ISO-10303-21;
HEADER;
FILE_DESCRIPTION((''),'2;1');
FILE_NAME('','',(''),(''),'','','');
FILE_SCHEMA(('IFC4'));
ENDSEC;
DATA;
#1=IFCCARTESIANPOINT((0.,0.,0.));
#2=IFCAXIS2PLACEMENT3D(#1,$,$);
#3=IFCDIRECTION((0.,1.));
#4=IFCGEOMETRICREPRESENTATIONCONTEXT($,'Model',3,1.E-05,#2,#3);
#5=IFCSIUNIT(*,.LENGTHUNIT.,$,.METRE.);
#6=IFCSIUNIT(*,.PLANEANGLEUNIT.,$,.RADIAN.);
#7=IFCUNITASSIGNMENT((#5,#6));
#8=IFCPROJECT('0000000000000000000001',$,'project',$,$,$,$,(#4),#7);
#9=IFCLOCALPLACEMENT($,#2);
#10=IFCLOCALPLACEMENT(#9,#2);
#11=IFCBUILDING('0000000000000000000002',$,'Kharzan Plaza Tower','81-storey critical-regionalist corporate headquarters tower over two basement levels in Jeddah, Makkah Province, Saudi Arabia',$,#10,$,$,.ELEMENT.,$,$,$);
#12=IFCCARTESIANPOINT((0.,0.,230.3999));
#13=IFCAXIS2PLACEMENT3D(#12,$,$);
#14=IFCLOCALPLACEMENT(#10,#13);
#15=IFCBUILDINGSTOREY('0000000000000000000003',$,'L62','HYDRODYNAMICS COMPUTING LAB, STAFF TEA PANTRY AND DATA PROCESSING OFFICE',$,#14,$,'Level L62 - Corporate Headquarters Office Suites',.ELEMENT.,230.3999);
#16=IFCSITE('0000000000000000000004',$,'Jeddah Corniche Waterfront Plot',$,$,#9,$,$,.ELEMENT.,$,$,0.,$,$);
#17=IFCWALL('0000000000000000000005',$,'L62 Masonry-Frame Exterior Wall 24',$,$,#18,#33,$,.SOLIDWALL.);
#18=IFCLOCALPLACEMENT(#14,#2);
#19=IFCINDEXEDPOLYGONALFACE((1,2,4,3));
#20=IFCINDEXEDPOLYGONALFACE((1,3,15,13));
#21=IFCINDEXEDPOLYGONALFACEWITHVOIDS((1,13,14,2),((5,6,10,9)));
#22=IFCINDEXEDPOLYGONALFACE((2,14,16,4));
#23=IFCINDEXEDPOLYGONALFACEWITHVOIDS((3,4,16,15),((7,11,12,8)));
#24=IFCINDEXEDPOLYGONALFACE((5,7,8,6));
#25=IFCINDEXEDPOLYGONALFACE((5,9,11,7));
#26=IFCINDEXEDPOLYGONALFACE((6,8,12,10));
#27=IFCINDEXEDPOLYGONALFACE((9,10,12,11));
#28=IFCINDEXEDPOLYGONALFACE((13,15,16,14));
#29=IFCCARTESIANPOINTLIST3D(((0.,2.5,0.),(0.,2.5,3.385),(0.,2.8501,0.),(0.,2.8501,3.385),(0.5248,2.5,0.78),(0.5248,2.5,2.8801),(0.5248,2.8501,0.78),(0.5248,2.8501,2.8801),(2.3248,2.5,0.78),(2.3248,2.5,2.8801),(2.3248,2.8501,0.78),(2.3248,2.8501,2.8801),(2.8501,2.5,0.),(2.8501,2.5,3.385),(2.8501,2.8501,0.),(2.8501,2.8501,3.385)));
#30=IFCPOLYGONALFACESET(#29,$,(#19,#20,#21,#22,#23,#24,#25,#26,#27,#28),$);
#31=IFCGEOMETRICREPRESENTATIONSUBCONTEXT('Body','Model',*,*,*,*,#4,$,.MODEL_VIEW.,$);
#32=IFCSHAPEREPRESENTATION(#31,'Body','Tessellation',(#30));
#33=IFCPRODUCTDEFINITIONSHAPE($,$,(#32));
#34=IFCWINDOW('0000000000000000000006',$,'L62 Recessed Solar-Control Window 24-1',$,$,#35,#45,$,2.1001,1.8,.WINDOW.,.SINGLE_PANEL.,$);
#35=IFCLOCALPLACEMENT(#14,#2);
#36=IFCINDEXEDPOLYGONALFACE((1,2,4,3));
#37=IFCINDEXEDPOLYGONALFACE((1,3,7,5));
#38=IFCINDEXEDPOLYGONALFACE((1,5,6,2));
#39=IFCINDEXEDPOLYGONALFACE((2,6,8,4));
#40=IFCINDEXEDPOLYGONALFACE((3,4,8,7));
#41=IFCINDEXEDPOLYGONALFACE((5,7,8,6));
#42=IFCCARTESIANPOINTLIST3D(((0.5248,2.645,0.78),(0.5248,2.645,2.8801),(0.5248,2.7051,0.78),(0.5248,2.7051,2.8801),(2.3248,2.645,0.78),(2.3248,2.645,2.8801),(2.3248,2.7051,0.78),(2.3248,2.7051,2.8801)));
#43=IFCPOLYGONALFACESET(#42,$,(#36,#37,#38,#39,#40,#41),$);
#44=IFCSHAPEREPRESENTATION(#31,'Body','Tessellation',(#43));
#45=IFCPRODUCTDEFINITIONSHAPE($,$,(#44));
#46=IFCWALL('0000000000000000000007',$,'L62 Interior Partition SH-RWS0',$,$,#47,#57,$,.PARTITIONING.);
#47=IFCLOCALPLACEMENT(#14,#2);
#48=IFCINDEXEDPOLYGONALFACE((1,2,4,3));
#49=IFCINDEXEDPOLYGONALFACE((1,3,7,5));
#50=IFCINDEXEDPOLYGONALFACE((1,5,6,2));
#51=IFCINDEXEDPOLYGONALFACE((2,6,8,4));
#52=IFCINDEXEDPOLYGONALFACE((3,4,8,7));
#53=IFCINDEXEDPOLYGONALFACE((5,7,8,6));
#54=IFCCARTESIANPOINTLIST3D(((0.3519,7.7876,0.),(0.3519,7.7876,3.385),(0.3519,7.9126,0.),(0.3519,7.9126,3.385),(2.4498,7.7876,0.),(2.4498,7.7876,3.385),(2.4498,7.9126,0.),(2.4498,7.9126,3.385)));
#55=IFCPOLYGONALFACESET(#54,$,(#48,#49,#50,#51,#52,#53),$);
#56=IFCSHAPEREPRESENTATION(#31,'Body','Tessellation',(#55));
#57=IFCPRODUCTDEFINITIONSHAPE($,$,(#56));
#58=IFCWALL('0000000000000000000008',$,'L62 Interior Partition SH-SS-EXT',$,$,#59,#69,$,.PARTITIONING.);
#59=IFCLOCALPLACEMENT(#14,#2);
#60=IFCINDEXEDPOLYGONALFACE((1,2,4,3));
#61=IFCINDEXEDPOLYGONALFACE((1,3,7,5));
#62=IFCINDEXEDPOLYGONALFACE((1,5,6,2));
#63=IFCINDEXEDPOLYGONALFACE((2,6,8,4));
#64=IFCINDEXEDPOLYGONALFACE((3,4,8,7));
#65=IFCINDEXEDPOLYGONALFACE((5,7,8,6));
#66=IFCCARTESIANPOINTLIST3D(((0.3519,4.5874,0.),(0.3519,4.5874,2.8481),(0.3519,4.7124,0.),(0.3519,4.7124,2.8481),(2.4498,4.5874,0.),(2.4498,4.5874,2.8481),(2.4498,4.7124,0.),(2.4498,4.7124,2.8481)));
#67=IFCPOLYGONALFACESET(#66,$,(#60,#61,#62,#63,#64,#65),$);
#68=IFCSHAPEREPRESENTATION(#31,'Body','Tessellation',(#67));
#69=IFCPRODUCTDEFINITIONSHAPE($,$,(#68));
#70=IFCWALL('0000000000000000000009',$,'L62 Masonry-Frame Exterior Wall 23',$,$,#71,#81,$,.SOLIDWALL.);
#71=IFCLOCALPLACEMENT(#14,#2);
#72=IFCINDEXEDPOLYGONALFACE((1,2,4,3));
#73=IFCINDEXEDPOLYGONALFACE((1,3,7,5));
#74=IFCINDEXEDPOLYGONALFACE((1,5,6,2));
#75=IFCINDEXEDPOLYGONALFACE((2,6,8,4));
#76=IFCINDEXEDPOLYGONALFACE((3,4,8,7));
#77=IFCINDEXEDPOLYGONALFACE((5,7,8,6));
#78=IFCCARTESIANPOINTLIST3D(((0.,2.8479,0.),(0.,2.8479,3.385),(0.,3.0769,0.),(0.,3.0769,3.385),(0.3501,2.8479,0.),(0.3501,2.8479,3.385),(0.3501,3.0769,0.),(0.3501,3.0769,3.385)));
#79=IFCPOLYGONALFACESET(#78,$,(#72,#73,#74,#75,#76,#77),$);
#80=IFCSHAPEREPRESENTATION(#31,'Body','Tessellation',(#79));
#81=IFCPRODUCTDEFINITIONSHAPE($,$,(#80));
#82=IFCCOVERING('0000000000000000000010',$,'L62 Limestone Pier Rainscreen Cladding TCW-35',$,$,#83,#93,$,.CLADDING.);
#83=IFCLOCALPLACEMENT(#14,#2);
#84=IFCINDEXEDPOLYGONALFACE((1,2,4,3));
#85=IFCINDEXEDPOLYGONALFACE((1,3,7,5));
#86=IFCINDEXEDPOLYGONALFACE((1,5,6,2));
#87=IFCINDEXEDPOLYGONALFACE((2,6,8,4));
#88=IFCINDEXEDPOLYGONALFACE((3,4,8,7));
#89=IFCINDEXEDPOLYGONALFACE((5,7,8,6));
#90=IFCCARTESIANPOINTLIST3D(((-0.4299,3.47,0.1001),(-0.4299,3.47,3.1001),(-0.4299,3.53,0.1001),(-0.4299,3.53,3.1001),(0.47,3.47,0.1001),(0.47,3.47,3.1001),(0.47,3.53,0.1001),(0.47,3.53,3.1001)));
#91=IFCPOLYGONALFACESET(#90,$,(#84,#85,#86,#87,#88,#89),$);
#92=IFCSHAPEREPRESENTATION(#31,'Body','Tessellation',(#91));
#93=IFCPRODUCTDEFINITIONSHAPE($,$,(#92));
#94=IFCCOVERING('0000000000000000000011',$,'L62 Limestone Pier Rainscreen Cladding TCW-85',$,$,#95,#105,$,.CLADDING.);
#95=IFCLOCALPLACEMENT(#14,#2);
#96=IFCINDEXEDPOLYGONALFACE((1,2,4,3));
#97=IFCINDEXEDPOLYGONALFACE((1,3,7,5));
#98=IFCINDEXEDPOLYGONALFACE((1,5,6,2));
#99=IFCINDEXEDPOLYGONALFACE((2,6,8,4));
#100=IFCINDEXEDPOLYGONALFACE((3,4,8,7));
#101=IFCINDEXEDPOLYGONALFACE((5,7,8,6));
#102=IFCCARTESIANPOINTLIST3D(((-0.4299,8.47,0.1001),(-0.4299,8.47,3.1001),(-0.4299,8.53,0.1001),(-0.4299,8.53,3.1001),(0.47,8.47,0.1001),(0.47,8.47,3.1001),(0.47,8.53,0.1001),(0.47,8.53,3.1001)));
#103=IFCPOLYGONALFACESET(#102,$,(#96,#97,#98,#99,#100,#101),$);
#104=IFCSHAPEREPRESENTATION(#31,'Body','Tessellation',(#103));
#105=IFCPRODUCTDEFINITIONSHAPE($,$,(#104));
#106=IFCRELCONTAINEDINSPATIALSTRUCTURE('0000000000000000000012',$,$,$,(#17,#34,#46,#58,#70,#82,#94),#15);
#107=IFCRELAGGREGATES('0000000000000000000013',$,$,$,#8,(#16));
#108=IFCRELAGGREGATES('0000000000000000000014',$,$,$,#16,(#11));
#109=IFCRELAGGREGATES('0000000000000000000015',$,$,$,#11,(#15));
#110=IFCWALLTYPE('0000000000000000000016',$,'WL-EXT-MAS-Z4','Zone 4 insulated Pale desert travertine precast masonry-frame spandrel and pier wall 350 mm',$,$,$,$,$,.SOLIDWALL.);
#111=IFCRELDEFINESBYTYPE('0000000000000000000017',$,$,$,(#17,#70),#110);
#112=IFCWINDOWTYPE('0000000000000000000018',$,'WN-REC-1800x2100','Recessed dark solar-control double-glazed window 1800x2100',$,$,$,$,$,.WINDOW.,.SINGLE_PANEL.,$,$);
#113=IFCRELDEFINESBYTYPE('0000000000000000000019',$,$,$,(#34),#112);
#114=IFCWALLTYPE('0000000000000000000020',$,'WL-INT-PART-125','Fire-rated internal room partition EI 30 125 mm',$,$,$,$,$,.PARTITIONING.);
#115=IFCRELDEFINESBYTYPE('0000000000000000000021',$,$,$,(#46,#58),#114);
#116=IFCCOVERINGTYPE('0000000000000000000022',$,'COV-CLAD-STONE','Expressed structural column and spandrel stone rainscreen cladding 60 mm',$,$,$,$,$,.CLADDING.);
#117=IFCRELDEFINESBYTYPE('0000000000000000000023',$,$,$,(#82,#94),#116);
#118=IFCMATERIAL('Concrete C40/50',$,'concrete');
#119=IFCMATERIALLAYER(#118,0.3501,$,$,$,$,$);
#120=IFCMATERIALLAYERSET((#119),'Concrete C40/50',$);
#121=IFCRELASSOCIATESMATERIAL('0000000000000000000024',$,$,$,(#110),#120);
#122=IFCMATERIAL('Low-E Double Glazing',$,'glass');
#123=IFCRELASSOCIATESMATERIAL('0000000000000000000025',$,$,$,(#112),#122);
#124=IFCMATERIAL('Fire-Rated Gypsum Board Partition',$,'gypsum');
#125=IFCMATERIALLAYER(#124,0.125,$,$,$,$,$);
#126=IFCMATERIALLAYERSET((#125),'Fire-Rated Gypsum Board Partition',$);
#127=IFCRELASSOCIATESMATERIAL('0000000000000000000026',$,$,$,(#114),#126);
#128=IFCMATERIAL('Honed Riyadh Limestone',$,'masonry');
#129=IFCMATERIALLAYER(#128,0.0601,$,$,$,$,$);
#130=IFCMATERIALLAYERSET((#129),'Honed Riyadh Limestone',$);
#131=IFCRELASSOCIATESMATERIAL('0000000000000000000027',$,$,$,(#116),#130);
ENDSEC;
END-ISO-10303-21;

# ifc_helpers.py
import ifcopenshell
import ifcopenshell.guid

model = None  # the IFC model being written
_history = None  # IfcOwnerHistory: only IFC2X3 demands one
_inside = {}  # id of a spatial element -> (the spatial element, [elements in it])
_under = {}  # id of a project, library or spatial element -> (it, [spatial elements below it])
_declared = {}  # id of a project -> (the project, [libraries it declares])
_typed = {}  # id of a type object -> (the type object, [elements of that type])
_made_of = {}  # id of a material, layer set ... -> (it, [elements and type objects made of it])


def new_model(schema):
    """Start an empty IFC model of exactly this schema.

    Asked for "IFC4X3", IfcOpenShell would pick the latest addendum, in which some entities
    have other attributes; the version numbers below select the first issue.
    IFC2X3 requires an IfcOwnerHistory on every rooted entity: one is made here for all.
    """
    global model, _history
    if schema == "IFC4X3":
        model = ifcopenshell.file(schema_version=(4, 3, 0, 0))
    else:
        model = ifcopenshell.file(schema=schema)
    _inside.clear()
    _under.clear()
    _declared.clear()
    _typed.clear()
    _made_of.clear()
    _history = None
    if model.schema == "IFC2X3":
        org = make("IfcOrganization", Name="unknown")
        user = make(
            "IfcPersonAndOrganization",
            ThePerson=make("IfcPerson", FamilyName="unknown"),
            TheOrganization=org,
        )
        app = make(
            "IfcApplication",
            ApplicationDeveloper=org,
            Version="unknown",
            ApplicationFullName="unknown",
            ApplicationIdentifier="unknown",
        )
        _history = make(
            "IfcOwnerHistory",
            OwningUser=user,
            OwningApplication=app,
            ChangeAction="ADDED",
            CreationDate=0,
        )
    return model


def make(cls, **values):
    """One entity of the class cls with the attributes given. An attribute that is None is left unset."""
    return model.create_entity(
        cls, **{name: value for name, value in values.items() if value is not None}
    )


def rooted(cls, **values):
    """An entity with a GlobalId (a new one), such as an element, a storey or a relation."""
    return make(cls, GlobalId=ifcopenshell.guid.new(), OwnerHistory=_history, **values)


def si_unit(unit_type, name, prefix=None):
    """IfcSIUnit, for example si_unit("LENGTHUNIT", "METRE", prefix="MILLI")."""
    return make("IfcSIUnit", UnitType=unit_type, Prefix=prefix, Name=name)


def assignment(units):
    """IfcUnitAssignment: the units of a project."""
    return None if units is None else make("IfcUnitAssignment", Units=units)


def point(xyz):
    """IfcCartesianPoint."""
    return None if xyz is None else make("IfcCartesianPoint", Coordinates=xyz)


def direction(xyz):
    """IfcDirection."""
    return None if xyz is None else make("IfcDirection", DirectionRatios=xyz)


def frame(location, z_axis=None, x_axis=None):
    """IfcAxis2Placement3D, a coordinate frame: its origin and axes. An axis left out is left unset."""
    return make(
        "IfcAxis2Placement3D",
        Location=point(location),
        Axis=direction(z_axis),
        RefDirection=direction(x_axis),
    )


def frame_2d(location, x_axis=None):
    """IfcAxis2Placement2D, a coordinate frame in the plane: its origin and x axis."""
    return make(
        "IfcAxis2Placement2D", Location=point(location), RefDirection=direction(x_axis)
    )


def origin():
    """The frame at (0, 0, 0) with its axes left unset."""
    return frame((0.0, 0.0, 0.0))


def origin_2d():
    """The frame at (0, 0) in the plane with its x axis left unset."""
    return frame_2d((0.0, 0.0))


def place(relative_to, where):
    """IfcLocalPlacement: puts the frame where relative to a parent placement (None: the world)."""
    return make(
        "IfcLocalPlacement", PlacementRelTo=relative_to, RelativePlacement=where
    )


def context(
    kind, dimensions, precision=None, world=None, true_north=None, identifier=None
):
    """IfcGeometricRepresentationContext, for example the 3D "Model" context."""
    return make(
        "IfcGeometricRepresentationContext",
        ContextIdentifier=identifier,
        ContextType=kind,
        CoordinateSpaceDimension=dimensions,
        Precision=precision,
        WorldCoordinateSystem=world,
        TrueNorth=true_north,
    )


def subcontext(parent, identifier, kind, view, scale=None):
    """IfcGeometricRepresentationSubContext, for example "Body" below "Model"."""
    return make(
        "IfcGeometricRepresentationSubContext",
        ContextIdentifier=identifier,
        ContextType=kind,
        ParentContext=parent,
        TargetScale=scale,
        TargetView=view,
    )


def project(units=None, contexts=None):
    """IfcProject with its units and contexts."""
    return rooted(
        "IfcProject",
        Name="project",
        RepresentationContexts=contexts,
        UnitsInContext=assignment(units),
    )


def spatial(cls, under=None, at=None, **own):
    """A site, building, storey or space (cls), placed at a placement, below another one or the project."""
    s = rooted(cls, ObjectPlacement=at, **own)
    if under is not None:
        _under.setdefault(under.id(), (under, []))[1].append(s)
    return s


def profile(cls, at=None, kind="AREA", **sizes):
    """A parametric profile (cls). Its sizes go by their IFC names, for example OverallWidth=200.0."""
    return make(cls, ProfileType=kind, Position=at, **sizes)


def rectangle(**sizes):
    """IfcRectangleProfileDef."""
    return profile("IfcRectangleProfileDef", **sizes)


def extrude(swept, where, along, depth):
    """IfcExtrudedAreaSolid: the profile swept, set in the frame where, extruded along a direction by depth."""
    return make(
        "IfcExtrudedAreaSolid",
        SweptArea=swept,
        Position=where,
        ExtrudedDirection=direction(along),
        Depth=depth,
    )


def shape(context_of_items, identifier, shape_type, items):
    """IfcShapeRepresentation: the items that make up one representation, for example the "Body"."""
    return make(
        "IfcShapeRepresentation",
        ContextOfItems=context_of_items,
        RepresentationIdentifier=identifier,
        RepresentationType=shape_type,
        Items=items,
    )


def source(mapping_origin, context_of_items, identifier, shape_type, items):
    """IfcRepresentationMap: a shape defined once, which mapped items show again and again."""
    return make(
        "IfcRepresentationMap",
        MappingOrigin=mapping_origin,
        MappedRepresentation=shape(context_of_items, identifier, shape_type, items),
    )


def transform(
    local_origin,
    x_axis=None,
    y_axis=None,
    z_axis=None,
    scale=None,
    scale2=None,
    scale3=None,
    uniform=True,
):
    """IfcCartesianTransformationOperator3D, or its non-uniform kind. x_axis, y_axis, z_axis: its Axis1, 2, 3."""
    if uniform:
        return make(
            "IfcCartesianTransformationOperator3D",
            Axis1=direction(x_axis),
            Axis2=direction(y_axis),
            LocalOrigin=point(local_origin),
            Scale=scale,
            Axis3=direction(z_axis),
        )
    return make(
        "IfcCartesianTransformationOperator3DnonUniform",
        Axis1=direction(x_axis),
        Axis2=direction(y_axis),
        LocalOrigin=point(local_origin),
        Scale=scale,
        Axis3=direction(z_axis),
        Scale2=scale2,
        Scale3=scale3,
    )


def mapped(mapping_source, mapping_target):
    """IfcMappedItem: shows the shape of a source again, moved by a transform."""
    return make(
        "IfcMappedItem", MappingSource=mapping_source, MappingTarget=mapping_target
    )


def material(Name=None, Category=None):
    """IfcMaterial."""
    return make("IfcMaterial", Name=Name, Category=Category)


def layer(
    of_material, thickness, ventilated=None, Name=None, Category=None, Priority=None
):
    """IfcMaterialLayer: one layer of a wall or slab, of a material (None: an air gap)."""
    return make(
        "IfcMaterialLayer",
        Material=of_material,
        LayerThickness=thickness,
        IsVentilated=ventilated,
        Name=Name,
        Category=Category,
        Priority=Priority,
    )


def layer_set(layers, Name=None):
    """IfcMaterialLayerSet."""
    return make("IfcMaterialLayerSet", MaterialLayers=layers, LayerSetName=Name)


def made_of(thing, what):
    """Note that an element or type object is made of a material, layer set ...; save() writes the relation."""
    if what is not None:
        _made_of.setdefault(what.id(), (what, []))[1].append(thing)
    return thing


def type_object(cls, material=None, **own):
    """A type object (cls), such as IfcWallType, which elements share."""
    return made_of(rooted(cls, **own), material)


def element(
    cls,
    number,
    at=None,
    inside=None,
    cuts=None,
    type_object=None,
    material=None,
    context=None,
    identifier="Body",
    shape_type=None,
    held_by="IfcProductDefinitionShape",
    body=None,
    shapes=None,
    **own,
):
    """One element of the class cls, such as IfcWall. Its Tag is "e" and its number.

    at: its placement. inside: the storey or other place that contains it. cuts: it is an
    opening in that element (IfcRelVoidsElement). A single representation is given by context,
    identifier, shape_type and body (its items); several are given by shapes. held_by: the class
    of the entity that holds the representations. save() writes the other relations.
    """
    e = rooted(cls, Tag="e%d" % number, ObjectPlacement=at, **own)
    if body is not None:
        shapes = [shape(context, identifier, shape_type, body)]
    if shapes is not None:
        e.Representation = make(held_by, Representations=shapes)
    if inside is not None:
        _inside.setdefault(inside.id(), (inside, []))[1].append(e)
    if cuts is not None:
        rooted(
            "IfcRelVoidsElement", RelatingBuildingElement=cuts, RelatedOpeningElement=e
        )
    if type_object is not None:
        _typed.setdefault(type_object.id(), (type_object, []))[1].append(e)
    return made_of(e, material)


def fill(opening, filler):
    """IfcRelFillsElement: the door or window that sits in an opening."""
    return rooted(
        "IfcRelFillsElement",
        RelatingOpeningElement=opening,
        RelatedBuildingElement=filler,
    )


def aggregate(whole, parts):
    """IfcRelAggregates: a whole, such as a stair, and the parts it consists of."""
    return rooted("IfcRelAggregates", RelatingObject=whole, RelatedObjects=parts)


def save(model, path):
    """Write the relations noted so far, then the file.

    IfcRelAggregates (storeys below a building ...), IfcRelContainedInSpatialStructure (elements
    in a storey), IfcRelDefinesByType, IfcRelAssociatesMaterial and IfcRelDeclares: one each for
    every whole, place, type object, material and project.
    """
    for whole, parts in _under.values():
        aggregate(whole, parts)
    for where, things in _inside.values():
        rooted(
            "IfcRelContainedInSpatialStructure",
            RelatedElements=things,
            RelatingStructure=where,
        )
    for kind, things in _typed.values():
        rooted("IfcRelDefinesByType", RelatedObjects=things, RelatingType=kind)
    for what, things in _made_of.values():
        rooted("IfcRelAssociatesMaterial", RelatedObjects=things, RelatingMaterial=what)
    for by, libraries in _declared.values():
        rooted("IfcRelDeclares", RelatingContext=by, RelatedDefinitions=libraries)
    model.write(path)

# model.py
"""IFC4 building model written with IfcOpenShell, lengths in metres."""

from ifc_helpers import new_model, si_unit, direction, frame, frame_2d, origin, origin_2d, place, context, subcontext, project, spatial, rectangle, extrude, source, transform, mapped, material, layer, layer_set, type_object, element, fill, save


model = new_model("IFC4")

# Units and contexts
model_context = context("Model", 3, precision=1e-05, world=origin(), true_north=direction((0.0, 1.0)))
body_context = subcontext(model_context, "Body", "Model", "MODEL_VIEW")
ifc_project = project(units=[si_unit("LENGTHUNIT", "METRE"), si_unit("PLANEANGLEUNIT", "RADIAN")], contexts=[model_context])

# Site, building, storey
site_placement = place(None, origin())
site = spatial("IfcSite", under=ifc_project, at=site_placement, Name="Jeddah Corniche Waterfront Plot", CompositionType="ELEMENT", RefElevation=0.0)
building_placement = place(site_placement, origin())
building = spatial("IfcBuilding", under=site, at=building_placement, Name="Kharzan Plaza Tower", Description="81-storey critical-regionalist corporate headquarters tower over two basement levels in Jeddah, Makkah Province, Saudi Arabia", CompositionType="ELEMENT")
storey_placement = place(building_placement, frame((0.0, 0.0, 230.3999)))
storey = spatial("IfcBuildingStorey", under=building, at=storey_placement, Name="L62", Description="HYDRODYNAMICS COMPUTING LAB, STAFF TEA PANTRY AND DATA PROCESSING OFFICE", LongName="Level L62 - Corporate Headquarters Office Suites", CompositionType="ELEMENT", Elevation=230.3999)

# Shared definitions
ifc_material_1 = material(Name="Concrete C40/50", Category="concrete")

# Wall, opening, window
ifc_layer_1 = layer(ifc_material_1, 0.3501)
ifc_layer_set_1 = layer_set([ifc_layer_1], Name="Concrete C40/50")
wall_type_1 = type_object("IfcWallType", Name="WL-EXT-MAS-Z4", Description="Zone 4 insulated Pale desert travertine precast masonry-frame spandrel and pier wall 350 mm", PredefinedType="SOLIDWALL", material=ifc_layer_set_1)
ifc_material_2 = material(Name="Low-E Double Glazing", Category="glass")
wall_1_placement = place(storey_placement, frame((0.0, 2.675, 0.0), z_axis=(0.0, 0.0, 1.0), x_axis=(1.0, 0.0, 0.0)))
wall_1 = element("IfcWall", 1, at=wall_1_placement, inside=storey, type_object=wall_type_1, Name="L62 Masonry-Frame Exterior Wall 24", PredefinedType="SOLIDWALL", context=body_context, shape_type="SweptSolid", body=[
    extrude(rectangle(XDim=2.8501, YDim=0.3501, at=frame_2d((1.425, 0.0))), origin(), (0.0, 0.0, 1.0), 3.385),
])
opening_1_placement = place(wall_1_placement, frame((0.5249, 0.0, 0.78)))
opening_1 = element("IfcOpeningElement", 2, at=opening_1_placement, cuts=wall_1, PredefinedType="OPENING", context=body_context, shape_type="SweptSolid", body=[
    extrude(rectangle(XDim=1.8, YDim=2.1001, at=frame_2d((0.8999, 1.05))), frame((0.0, 0.1851, 0.0), z_axis=(0.0, -1.0, 0.0), x_axis=(1.0, 0.0, 0.0)), (0.0, 0.0, 1.0), 0.3701),
])
window_type_1 = type_object("IfcWindowType", Name="WN-REC-1800x2100", Description="Recessed dark solar-control double-glazed window 1800x2100", PartitioningType="SINGLE_PANEL", PredefinedType="WINDOW", material=ifc_material_2)
shared_shape_1 = source(origin(), body_context, "Body", "SweptSolid", [
    extrude(rectangle(XDim=1.8, YDim=2.1001, at=frame_2d((0.8999, 1.05))), frame((0.0, 0.03, 0.0), z_axis=(0.0, -1.0, 0.0), x_axis=(1.0, 0.0, 0.0)), (0.0, 0.0, 1.0), 0.0601),
])
window_1_placement = place(opening_1_placement, origin())
window_1 = element("IfcWindow", 3, at=window_1_placement, inside=storey, type_object=window_type_1, Name="L62 Recessed Solar-Control Window 24-1", OverallHeight=2.1001, OverallWidth=1.8, PartitioningType="SINGLE_PANEL", PredefinedType="WINDOW", context=body_context, shape_type="MappedRepresentation", body=[
    mapped(shared_shape_1, transform((0.0, 0.0, 0.0), x_axis=(1.0, 0.0, 0.0), y_axis=(0.0, 1.0, 0.0), z_axis=(0.0, 0.0, 1.0))),
])
fill(opening_1, window_1)

# Walls
ifc_material_3 = material(Name="Fire-Rated Gypsum Board Partition", Category="gypsum")
ifc_layer_2 = layer(ifc_material_3, 0.125)
ifc_layer_set_2 = layer_set([ifc_layer_2], Name="Fire-Rated Gypsum Board Partition")
wall_type_2 = type_object("IfcWallType", Name="WL-INT-PART-125", Description="Fire-rated internal room partition EI 30 125 mm", PredefinedType="PARTITIONING", material=ifc_layer_set_2)
shared_shape_2 = source(origin(), body_context, "Body", "SweptSolid", [
    extrude(rectangle(XDim=2.0979, YDim=0.125, at=frame_2d((1.0488, 0.0))), origin(), (0.0, 0.0, 1.0), 3.385),
])
wall_2_placement = place(storey_placement, frame((0.3521, 7.8501, 0.0), z_axis=(0.0, 0.0, 1.0), x_axis=(1.0, 0.0, 0.0)))
element("IfcWall", 4, at=wall_2_placement, inside=storey, type_object=wall_type_2, Name="L62 Interior Partition SH-RWS0", PredefinedType="PARTITIONING", context=body_context, shape_type="MappedRepresentation", body=[
    mapped(shared_shape_2, transform((0.0, 0.0, 0.0), x_axis=(1.0, 0.0, 0.0), y_axis=(0.0, 1.0, 0.0), z_axis=(0.0, 0.0, 1.0))),
])
shared_shape_3 = source(origin(), body_context, "Body", "SweptSolid", [
    extrude(rectangle(XDim=2.0979, YDim=0.125, at=frame_2d((1.0488, 0.0))), origin(), (0.0, 0.0, 1.0), 2.8481),
])
wall_3_placement = place(storey_placement, frame((0.3521, 4.6499, 0.0), z_axis=(0.0, 0.0, 1.0), x_axis=(1.0, 0.0, 0.0)))
element("IfcWall", 5, at=wall_3_placement, inside=storey, type_object=wall_type_2, Name="L62 Interior Partition SH-SS-EXT", PredefinedType="PARTITIONING", context=body_context, shape_type="MappedRepresentation", body=[
    mapped(shared_shape_3, transform((0.0, 0.0, 0.0), x_axis=(1.0, 0.0, 0.0), y_axis=(0.0, 1.0, 0.0), z_axis=(0.0, 0.0, 1.0))),
])
shared_shape_4 = source(origin(), body_context, "Body", "SweptSolid", [
    extrude(rectangle(XDim=0.229, YDim=0.3501, at=frame_2d((0.1145, 0.0))), origin(), (0.0, 0.0, 1.0), 3.385),
])
wall_4_placement = place(storey_placement, frame((0.175, 3.0769, 0.0), z_axis=(0.0, 0.0, 1.0), x_axis=(0.0, -1.0, 0.0)))
element("IfcWall", 6, at=wall_4_placement, inside=storey, type_object=wall_type_1, Name="L62 Masonry-Frame Exterior Wall 23", PredefinedType="SOLIDWALL", context=body_context, shape_type="MappedRepresentation", body=[
    mapped(shared_shape_4, transform((0.0, 0.0, 0.0), x_axis=(1.0, 0.0, 0.0), y_axis=(0.0, 1.0, 0.0), z_axis=(0.0, 0.0, 1.0))),
])

# Coverings
ifc_material_4 = material(Name="Honed Riyadh Limestone", Category="masonry")
ifc_layer_3 = layer(ifc_material_4, 0.0601)
ifc_layer_set_3 = layer_set([ifc_layer_3], Name="Honed Riyadh Limestone")
covering_type = type_object("IfcCoveringType", Name="COV-CLAD-STONE", Description="Expressed structural column and spandrel stone rainscreen cladding 60 mm", PredefinedType="CLADDING", material=ifc_layer_set_3)
shared_shape_5 = source(origin(), body_context, "Body", "SweptSolid", [
    extrude(rectangle(XDim=0.0601, YDim=0.8999, at=origin_2d()), origin(), (0.0, 0.0, 1.0), 3.0),
])
for number, where, z_axis, x_axis, name in (
    (7, (0.02, 3.5, 0.1001), (0.0, 0.0, 1.0), (0.0, 1.0, 0.0), "L62 Limestone Pier Rainscreen Cladding TCW-35"),
    (8, (0.02, 8.5, 0.1001), (0.0, 0.0, 1.0), (0.0, 1.0, 0.0), "L62 Limestone Pier Rainscreen Cladding TCW-85"),
):
    element("IfcCovering", number, at=place(storey_placement, frame(where, z_axis=z_axis, x_axis=x_axis)), inside=storey, type_object=covering_type, Name=name, PredefinedType="CLADDING", context=body_context, shape_type="MappedRepresentation", body=[
        mapped(shared_shape_5, transform((0.0, 0.0, 0.0), x_axis=(1.0, 0.0, 0.0), y_axis=(0.0, 1.0, 0.0), z_axis=(0.0, 0.0, 1.0))),
    ])

save(model, "model.ifc")
